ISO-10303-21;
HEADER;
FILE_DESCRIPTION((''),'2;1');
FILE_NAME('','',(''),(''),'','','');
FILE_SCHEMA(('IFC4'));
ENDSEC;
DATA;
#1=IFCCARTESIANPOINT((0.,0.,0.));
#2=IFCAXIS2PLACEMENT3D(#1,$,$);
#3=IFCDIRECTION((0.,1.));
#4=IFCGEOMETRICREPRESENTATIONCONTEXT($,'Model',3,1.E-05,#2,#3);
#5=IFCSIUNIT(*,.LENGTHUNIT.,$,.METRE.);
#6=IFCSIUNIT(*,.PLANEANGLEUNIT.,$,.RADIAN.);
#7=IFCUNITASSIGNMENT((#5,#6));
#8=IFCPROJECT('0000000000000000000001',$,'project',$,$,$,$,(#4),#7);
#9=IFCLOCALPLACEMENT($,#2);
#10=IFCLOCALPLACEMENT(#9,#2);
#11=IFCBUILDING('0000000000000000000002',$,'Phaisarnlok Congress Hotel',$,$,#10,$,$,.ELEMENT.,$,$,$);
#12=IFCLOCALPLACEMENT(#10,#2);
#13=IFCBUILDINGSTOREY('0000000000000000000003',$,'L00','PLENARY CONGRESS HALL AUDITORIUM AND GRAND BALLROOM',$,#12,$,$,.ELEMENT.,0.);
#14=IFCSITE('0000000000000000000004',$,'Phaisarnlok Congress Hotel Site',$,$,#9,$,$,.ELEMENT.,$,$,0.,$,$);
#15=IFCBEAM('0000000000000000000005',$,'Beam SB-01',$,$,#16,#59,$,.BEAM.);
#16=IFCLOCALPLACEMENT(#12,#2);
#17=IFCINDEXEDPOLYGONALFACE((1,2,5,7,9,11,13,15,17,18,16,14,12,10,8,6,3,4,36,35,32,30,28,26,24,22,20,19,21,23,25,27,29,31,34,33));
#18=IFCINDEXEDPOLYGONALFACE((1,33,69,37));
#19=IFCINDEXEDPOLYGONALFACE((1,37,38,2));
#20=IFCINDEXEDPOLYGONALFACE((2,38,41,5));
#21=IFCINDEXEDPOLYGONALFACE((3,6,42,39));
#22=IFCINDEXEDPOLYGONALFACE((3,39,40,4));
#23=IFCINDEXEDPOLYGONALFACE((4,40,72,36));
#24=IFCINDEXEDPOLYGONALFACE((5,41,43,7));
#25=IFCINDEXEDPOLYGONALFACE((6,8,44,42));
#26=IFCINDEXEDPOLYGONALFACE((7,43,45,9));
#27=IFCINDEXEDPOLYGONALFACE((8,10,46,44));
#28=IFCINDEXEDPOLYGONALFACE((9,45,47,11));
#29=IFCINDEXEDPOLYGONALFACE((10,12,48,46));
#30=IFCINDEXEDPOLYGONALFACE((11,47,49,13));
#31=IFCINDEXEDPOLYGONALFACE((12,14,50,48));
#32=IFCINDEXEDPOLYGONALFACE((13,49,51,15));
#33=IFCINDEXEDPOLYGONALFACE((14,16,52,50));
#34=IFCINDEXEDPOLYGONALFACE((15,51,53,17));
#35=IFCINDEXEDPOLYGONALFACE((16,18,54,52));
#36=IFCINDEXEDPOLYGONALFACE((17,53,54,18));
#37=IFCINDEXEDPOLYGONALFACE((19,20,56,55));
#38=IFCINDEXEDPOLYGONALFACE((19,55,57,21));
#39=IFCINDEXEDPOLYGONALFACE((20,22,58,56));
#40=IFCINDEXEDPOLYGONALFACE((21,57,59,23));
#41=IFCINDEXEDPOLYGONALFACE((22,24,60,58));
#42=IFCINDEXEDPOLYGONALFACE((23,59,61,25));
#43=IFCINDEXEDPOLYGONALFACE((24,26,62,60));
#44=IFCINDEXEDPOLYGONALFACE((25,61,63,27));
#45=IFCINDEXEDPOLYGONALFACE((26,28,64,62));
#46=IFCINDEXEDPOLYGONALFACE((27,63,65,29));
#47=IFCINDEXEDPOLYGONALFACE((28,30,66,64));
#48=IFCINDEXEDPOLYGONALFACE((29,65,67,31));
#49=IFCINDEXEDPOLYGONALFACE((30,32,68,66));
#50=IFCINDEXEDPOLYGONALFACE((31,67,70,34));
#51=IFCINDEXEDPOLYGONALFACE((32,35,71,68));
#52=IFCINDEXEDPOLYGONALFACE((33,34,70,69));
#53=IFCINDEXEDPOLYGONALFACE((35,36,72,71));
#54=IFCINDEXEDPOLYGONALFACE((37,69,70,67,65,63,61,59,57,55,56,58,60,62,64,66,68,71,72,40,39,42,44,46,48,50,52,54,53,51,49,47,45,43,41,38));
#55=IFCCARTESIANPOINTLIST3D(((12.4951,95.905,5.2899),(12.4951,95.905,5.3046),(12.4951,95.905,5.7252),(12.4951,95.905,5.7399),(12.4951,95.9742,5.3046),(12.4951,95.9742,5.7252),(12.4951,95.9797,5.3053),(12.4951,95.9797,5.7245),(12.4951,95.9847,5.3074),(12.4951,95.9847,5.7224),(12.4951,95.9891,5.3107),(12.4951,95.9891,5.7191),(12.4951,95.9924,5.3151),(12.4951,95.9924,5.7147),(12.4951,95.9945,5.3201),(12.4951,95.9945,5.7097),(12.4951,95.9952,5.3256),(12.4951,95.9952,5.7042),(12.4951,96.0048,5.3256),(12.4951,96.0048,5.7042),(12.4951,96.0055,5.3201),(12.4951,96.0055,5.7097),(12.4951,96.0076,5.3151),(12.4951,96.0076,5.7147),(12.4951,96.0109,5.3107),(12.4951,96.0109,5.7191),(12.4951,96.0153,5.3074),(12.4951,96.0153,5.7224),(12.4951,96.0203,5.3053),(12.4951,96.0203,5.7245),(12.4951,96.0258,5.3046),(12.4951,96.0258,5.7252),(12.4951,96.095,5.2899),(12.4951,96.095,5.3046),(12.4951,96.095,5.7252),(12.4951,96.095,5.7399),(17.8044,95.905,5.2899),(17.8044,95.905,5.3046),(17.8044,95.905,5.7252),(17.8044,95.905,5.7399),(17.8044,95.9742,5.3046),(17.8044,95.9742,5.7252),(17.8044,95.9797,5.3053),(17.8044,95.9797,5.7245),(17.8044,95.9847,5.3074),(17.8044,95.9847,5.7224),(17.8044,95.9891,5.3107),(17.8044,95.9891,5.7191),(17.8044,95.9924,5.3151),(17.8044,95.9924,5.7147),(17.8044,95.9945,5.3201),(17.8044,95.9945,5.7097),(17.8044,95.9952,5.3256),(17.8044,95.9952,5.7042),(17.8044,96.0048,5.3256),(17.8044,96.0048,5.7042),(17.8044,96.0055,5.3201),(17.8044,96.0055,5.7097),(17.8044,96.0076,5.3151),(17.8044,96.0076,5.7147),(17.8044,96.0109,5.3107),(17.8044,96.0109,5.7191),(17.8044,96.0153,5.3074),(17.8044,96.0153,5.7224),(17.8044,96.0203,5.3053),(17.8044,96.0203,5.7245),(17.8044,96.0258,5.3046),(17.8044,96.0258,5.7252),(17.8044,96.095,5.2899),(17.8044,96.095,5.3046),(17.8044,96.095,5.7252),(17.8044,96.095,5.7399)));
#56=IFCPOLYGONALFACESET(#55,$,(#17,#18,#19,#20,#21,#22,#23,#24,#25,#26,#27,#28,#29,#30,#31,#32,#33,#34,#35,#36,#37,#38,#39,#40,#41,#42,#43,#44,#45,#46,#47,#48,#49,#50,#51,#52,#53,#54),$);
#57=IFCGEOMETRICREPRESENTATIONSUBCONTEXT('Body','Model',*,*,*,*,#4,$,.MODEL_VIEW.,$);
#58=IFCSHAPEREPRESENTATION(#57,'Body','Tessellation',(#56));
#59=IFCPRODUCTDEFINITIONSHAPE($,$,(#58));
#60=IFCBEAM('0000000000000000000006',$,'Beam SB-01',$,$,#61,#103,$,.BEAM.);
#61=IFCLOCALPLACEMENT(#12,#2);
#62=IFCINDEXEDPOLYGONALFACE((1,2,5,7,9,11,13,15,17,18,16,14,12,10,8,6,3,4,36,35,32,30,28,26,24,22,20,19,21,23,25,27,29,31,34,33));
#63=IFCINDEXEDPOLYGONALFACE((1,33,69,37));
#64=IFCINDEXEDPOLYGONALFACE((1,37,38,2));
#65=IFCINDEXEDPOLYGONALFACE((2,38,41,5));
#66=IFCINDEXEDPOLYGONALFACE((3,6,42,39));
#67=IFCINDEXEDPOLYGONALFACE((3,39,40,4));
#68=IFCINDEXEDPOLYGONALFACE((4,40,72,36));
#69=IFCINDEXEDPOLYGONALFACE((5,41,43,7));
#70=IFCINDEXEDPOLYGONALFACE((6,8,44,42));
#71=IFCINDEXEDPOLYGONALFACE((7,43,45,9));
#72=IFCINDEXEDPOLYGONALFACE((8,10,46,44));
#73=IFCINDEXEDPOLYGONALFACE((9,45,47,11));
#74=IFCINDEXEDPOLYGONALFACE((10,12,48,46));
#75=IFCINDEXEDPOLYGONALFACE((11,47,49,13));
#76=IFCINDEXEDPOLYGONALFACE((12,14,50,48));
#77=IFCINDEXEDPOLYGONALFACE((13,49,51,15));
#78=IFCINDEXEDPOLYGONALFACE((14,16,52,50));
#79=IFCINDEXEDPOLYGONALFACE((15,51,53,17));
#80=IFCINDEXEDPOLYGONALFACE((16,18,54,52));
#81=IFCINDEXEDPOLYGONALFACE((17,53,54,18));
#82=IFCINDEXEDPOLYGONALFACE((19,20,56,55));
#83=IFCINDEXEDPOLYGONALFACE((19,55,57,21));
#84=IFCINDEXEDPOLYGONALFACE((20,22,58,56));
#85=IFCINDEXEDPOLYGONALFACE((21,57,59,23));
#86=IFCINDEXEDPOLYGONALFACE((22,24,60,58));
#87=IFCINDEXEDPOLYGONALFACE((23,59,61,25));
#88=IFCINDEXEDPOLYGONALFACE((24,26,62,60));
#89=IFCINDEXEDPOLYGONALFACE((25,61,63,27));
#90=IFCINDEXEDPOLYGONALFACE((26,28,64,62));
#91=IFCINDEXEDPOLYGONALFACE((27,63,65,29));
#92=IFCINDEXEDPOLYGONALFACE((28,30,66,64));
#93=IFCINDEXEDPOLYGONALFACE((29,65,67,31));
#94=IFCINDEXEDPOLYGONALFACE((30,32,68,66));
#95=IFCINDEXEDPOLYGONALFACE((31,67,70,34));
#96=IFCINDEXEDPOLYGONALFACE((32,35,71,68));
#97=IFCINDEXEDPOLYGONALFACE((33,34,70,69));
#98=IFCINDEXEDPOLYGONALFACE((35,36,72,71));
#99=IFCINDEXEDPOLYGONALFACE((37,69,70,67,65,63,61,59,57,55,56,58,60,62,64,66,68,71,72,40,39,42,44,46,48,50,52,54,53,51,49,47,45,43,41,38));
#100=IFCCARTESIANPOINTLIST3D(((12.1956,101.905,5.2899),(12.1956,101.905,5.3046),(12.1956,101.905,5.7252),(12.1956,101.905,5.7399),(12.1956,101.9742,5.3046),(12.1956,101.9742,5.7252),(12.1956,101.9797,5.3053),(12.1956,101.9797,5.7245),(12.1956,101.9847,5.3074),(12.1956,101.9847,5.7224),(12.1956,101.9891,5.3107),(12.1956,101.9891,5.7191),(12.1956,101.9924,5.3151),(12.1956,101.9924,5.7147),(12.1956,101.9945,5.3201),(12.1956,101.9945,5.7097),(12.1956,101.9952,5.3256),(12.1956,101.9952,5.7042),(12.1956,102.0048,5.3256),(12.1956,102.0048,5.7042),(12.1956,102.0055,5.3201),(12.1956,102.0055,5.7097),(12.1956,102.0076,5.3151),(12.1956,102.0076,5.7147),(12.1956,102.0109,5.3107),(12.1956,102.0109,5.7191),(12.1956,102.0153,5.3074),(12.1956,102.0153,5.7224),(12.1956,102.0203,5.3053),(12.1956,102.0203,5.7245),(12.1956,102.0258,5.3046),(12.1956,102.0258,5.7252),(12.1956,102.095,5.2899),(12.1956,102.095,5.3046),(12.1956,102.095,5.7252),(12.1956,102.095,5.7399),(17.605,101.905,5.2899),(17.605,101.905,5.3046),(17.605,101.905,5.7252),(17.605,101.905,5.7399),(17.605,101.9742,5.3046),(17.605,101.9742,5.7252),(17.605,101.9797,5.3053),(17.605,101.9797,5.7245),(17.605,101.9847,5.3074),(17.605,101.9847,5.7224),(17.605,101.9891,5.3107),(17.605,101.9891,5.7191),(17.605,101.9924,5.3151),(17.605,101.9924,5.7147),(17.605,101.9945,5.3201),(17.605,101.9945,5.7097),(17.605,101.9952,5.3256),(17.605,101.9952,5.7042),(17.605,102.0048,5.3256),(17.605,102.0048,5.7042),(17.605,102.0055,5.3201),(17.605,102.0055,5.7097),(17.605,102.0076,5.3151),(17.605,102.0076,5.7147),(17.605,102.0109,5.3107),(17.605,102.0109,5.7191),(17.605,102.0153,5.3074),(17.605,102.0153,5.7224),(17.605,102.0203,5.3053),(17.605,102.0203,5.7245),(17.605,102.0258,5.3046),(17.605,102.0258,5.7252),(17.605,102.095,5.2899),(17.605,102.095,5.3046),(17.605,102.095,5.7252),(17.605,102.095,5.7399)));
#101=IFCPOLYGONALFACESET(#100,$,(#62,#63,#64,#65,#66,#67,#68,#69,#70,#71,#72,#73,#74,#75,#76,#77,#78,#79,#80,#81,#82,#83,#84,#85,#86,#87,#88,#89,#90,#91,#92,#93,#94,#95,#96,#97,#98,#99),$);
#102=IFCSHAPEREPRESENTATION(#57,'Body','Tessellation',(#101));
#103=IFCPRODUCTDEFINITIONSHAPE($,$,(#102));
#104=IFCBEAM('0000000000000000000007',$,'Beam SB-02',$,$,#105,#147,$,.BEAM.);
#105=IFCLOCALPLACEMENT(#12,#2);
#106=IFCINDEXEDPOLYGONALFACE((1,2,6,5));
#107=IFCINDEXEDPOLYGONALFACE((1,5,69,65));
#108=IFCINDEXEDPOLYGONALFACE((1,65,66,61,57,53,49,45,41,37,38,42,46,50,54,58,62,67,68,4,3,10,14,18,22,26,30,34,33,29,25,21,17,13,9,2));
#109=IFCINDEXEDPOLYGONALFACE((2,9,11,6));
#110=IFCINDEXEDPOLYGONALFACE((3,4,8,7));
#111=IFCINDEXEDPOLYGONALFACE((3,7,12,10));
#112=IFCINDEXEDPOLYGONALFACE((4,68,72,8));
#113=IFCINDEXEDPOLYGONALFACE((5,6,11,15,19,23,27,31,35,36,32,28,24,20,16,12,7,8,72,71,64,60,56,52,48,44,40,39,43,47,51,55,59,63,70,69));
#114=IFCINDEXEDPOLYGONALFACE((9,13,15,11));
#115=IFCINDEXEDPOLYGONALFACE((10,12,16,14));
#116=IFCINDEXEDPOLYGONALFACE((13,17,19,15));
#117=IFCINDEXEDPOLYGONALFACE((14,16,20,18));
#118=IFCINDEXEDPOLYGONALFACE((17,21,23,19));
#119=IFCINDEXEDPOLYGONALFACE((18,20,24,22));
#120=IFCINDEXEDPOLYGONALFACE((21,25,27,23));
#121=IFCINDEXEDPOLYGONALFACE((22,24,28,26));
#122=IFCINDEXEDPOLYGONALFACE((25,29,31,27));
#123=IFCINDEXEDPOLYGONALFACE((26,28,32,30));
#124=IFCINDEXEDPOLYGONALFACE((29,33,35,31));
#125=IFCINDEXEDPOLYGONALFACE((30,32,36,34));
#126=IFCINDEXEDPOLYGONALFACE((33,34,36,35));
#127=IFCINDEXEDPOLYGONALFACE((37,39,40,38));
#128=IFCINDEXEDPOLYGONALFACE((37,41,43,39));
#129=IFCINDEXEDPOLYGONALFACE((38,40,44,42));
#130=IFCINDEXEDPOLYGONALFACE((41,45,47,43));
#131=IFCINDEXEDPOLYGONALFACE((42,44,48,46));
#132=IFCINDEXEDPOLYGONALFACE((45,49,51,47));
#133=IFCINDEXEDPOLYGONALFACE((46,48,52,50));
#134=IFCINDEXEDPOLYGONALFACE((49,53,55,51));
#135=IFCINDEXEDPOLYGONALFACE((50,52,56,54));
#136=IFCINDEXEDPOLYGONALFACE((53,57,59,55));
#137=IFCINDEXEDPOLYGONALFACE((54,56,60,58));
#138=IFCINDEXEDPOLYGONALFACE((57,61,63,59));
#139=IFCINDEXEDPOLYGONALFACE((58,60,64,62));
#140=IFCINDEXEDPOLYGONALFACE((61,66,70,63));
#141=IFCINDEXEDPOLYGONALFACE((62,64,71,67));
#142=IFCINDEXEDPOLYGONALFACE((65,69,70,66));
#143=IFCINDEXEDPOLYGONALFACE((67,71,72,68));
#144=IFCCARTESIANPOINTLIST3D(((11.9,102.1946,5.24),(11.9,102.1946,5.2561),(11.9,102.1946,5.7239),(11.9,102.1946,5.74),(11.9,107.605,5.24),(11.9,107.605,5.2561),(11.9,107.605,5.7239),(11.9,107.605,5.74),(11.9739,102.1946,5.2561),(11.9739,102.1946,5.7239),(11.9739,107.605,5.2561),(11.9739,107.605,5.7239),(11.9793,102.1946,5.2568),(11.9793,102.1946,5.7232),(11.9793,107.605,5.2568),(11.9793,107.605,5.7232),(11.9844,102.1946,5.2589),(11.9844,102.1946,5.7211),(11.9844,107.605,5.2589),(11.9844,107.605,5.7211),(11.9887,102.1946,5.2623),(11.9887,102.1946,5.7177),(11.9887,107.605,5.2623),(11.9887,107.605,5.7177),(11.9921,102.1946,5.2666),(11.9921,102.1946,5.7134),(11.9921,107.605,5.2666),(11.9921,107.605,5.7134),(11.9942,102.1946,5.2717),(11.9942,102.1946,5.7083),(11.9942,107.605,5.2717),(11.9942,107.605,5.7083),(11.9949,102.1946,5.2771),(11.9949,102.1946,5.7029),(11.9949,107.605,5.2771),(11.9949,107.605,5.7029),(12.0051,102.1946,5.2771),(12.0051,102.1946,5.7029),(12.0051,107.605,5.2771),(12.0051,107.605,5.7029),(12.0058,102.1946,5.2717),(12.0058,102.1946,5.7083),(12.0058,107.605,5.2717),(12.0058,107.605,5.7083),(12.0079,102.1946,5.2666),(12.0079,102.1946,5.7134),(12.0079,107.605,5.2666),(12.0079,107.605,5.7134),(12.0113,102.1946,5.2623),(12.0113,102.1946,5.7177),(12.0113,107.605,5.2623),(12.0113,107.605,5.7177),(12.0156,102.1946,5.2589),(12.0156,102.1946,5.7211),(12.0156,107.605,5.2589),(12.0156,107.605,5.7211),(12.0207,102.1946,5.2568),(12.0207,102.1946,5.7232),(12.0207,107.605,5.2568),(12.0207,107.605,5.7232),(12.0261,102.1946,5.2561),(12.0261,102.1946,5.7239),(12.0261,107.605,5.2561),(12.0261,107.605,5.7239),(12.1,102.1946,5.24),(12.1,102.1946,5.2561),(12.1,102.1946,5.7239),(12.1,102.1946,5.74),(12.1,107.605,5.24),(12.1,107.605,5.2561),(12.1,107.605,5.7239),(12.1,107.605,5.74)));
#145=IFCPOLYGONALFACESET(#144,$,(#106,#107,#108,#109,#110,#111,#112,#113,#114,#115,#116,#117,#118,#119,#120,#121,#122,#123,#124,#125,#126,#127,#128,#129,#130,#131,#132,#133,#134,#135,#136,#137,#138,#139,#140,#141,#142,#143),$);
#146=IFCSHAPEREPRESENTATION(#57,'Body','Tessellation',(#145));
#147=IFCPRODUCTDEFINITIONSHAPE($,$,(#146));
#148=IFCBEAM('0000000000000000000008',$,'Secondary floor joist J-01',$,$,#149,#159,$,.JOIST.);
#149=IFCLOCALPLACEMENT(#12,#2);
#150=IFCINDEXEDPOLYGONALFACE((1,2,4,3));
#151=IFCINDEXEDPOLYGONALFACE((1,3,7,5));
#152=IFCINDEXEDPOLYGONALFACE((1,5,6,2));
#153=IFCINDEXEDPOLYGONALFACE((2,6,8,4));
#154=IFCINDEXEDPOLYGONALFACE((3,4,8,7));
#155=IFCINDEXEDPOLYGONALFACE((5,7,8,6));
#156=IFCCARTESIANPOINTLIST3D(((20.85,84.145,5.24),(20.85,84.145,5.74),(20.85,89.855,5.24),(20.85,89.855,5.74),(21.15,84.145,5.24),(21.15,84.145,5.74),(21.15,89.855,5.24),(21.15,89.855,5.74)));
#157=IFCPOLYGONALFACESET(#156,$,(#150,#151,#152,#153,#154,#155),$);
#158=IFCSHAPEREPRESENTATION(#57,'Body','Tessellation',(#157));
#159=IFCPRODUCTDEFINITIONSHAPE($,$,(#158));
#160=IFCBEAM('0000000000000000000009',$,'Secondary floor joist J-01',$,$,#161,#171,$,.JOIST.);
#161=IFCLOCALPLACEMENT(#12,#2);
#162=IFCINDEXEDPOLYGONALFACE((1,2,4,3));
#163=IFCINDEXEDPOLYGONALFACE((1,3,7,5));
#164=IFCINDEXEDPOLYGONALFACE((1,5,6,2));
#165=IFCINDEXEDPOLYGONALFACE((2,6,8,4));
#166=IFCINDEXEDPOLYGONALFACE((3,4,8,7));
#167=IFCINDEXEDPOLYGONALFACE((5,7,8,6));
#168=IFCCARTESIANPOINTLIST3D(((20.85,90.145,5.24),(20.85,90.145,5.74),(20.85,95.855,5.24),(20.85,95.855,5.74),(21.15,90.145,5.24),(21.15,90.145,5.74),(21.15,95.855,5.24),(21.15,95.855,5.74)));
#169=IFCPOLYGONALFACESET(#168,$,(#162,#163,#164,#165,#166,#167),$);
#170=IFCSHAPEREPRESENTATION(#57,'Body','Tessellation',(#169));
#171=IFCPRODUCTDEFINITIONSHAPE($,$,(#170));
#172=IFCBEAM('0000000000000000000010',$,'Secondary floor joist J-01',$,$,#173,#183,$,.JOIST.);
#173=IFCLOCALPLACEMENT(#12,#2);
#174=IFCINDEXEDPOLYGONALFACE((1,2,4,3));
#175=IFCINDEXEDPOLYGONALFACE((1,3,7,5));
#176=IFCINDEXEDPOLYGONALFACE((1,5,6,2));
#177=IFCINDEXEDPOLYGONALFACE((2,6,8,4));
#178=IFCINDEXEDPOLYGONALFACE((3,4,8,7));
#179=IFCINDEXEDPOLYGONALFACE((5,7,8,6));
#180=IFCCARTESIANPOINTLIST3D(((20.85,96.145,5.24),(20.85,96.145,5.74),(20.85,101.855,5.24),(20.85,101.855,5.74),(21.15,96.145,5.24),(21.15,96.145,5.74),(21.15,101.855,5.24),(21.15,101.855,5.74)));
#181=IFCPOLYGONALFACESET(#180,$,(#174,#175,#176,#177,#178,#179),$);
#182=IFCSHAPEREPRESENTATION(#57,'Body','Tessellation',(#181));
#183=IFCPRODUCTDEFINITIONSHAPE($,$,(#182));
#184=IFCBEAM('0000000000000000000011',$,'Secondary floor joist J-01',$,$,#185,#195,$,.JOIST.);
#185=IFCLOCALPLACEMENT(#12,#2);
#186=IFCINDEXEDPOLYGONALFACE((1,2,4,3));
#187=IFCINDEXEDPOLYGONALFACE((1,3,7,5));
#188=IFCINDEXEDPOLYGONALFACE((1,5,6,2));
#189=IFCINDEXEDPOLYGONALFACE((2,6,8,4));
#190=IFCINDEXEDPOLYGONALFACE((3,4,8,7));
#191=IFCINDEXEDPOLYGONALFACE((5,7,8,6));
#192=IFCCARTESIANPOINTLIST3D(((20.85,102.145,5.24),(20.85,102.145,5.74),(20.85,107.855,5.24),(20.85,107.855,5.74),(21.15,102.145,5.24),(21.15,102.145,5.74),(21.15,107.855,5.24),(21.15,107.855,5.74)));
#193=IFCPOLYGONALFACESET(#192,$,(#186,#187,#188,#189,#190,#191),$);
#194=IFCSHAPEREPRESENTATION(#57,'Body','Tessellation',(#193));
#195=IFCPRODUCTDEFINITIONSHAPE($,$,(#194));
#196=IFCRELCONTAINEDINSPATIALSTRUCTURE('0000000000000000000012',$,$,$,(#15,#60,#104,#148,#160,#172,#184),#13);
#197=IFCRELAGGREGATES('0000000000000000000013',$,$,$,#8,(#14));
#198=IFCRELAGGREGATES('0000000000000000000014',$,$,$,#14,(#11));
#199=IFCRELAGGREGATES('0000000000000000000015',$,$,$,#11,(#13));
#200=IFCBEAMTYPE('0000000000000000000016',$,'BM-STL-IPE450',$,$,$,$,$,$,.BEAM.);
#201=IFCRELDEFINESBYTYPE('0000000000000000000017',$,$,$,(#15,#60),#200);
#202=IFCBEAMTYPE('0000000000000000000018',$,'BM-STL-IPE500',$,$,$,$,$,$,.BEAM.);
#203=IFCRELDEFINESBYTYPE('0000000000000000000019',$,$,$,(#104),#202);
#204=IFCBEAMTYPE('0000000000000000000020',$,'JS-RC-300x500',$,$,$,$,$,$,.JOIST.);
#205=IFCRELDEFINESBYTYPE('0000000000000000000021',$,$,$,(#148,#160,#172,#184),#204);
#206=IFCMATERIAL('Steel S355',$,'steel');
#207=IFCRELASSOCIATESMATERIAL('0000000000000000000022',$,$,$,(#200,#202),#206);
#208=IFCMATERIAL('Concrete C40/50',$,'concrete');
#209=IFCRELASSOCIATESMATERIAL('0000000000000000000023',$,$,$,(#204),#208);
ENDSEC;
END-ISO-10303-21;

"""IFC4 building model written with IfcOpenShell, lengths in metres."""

from ifc_helpers import new_model, si_unit, direction, frame, origin, origin_2d, place, context, subcontext, project, spatial, rectangle, i_section, extrude, material, material_profile, profile_set, type_object, element, save


model = new_model("IFC4")

# Units and contexts
model_context = context("Model", 3, precision=1e-05, world=origin(), true_north=direction((0.0, 1.0)))
body_context = subcontext(model_context, "Body", "Model", "MODEL_VIEW")
ifc_project = project(units=[si_unit("LENGTHUNIT", "METRE"), si_unit("PLANEANGLEUNIT", "RADIAN")], contexts=[model_context])

# Site, building, storey
site_placement = place(None, origin())
site = spatial("IfcSite", under=ifc_project, at=site_placement, Name="Phaisarnlok Congress Hotel Site", CompositionType="ELEMENT", RefElevation=0.0)
building_placement = place(site_placement, origin())
building = spatial("IfcBuilding", under=site, at=building_placement, Name="Phaisarnlok Congress Hotel", CompositionType="ELEMENT")
storey_placement = place(building_placement, origin())
storey = spatial("IfcBuildingStorey", under=building, at=storey_placement, Name="L00", Description="PLENARY CONGRESS HALL AUDITORIUM AND GRAND BALLROOM", CompositionType="ELEMENT", Elevation=0.0)

# Shared definitions
ifc_material_1 = material(Name="Steel S355", Category="steel")

# Beams
ifc_material_2 = material(Name="Concrete C40/50", Category="concrete")
ifc_material_profile_1 = material_profile(ifc_material_1, i_section(OverallWidth=0.1899, OverallDepth=0.45, WebThickness=0.0095, FlangeThickness=0.0146, FilletRadius=0.021, at=origin_2d()), Name="IPE 450")
ifc_profile_set_1 = profile_set([ifc_material_profile_1], Name="Steel S355")
beam_type_1 = type_object("IfcBeamType", Name="BM-STL-IPE450", PredefinedType="BEAM", material=ifc_profile_set_1)
beam_1_placement = place(storey_placement, frame((12.4951, 96.0, 5.5149), z_axis=(1.0, 0.0, 0.0), x_axis=(0.0, 1.0, 0.0)))
element("IfcBeam", 1, at=beam_1_placement, inside=storey, type_object=beam_type_1, Name="Beam SB-01", PredefinedType="BEAM", context=body_context, shape_type="SweptSolid", body=[
    extrude(i_section(OverallWidth=0.1899, OverallDepth=0.45, WebThickness=0.0095, FlangeThickness=0.0146, FilletRadius=0.021, at=origin_2d()), origin(), (0.0, 0.0, 1.0), 5.3093),
])
beam_2_placement = place(storey_placement, frame((12.1956, 102.0, 5.5149), z_axis=(1.0, 0.0, 0.0), x_axis=(0.0, 1.0, 0.0)))
element("IfcBeam", 2, at=beam_2_placement, inside=storey, type_object=beam_type_1, Name="Beam SB-01", PredefinedType="BEAM", context=body_context, shape_type="SweptSolid", body=[
    extrude(i_section(OverallWidth=0.1899, OverallDepth=0.45, WebThickness=0.0095, FlangeThickness=0.0146, FilletRadius=0.021, at=origin_2d()), origin(), (0.0, 0.0, 1.0), 5.4094),
])
ifc_material_profile_2 = material_profile(ifc_material_1, i_section(OverallWidth=0.2, OverallDepth=0.5, WebThickness=0.0103, FlangeThickness=0.0161, FilletRadius=0.021, at=origin_2d()), Name="IPE 500")
ifc_profile_set_2 = profile_set([ifc_material_profile_2], Name="Steel S355")
beam_type_2 = type_object("IfcBeamType", Name="BM-STL-IPE500", PredefinedType="BEAM", material=ifc_profile_set_2)
beam_3_placement = place(storey_placement, frame((12.0, 102.1946, 5.49), z_axis=(0.0, 1.0, 0.0), x_axis=(-1.0, 0.0, 0.0)))
element("IfcBeam", 3, at=beam_3_placement, inside=storey, type_object=beam_type_2, Name="Beam SB-02", PredefinedType="BEAM", context=body_context, shape_type="SweptSolid", body=[
    extrude(i_section(OverallWidth=0.2, OverallDepth=0.5, WebThickness=0.0103, FlangeThickness=0.0161, FilletRadius=0.021, at=origin_2d()), origin(), (0.0, 0.0, 1.0), 5.4104),
])
ifc_material_profile_3 = material_profile(ifc_material_2, rectangle(XDim=0.3, YDim=0.5, at=origin_2d()), Name="RC 300x500")
ifc_profile_set_3 = profile_set([ifc_material_profile_3], Name="Concrete C40/50")
beam_type_3 = type_object("IfcBeamType", Name="JS-RC-300x500", PredefinedType="JOIST", material=ifc_profile_set_3)
for number, where, z_axis, x_axis, name in (
    (4, (21.0, 84.145, 5.49), (0.0, 1.0, 0.0), (-1.0, 0.0, 0.0), "Secondary floor joist J-01"),
    (5, (21.0, 90.145, 5.49), (0.0, 1.0, 0.0), (-1.0, 0.0, 0.0), "Secondary floor joist J-01"),
    (6, (21.0, 96.145, 5.49), (0.0, 1.0, 0.0), (-1.0, 0.0, 0.0), "Secondary floor joist J-01"),
    (7, (21.0, 102.145, 5.49), (0.0, 1.0, 0.0), (-1.0, 0.0, 0.0), "Secondary floor joist J-01"),
):
    element("IfcBeam", number, at=place(storey_placement, frame(where, z_axis=z_axis, x_axis=x_axis)), inside=storey, type_object=beam_type_3, Name=name, PredefinedType="JOIST", context=body_context, shape_type="SweptSolid", body=[
        extrude(rectangle(XDim=0.3, YDim=0.5, at=origin_2d()), origin(), (0.0, 0.0, 1.0), 5.71),
    ])

save(model, "model.ifc")
